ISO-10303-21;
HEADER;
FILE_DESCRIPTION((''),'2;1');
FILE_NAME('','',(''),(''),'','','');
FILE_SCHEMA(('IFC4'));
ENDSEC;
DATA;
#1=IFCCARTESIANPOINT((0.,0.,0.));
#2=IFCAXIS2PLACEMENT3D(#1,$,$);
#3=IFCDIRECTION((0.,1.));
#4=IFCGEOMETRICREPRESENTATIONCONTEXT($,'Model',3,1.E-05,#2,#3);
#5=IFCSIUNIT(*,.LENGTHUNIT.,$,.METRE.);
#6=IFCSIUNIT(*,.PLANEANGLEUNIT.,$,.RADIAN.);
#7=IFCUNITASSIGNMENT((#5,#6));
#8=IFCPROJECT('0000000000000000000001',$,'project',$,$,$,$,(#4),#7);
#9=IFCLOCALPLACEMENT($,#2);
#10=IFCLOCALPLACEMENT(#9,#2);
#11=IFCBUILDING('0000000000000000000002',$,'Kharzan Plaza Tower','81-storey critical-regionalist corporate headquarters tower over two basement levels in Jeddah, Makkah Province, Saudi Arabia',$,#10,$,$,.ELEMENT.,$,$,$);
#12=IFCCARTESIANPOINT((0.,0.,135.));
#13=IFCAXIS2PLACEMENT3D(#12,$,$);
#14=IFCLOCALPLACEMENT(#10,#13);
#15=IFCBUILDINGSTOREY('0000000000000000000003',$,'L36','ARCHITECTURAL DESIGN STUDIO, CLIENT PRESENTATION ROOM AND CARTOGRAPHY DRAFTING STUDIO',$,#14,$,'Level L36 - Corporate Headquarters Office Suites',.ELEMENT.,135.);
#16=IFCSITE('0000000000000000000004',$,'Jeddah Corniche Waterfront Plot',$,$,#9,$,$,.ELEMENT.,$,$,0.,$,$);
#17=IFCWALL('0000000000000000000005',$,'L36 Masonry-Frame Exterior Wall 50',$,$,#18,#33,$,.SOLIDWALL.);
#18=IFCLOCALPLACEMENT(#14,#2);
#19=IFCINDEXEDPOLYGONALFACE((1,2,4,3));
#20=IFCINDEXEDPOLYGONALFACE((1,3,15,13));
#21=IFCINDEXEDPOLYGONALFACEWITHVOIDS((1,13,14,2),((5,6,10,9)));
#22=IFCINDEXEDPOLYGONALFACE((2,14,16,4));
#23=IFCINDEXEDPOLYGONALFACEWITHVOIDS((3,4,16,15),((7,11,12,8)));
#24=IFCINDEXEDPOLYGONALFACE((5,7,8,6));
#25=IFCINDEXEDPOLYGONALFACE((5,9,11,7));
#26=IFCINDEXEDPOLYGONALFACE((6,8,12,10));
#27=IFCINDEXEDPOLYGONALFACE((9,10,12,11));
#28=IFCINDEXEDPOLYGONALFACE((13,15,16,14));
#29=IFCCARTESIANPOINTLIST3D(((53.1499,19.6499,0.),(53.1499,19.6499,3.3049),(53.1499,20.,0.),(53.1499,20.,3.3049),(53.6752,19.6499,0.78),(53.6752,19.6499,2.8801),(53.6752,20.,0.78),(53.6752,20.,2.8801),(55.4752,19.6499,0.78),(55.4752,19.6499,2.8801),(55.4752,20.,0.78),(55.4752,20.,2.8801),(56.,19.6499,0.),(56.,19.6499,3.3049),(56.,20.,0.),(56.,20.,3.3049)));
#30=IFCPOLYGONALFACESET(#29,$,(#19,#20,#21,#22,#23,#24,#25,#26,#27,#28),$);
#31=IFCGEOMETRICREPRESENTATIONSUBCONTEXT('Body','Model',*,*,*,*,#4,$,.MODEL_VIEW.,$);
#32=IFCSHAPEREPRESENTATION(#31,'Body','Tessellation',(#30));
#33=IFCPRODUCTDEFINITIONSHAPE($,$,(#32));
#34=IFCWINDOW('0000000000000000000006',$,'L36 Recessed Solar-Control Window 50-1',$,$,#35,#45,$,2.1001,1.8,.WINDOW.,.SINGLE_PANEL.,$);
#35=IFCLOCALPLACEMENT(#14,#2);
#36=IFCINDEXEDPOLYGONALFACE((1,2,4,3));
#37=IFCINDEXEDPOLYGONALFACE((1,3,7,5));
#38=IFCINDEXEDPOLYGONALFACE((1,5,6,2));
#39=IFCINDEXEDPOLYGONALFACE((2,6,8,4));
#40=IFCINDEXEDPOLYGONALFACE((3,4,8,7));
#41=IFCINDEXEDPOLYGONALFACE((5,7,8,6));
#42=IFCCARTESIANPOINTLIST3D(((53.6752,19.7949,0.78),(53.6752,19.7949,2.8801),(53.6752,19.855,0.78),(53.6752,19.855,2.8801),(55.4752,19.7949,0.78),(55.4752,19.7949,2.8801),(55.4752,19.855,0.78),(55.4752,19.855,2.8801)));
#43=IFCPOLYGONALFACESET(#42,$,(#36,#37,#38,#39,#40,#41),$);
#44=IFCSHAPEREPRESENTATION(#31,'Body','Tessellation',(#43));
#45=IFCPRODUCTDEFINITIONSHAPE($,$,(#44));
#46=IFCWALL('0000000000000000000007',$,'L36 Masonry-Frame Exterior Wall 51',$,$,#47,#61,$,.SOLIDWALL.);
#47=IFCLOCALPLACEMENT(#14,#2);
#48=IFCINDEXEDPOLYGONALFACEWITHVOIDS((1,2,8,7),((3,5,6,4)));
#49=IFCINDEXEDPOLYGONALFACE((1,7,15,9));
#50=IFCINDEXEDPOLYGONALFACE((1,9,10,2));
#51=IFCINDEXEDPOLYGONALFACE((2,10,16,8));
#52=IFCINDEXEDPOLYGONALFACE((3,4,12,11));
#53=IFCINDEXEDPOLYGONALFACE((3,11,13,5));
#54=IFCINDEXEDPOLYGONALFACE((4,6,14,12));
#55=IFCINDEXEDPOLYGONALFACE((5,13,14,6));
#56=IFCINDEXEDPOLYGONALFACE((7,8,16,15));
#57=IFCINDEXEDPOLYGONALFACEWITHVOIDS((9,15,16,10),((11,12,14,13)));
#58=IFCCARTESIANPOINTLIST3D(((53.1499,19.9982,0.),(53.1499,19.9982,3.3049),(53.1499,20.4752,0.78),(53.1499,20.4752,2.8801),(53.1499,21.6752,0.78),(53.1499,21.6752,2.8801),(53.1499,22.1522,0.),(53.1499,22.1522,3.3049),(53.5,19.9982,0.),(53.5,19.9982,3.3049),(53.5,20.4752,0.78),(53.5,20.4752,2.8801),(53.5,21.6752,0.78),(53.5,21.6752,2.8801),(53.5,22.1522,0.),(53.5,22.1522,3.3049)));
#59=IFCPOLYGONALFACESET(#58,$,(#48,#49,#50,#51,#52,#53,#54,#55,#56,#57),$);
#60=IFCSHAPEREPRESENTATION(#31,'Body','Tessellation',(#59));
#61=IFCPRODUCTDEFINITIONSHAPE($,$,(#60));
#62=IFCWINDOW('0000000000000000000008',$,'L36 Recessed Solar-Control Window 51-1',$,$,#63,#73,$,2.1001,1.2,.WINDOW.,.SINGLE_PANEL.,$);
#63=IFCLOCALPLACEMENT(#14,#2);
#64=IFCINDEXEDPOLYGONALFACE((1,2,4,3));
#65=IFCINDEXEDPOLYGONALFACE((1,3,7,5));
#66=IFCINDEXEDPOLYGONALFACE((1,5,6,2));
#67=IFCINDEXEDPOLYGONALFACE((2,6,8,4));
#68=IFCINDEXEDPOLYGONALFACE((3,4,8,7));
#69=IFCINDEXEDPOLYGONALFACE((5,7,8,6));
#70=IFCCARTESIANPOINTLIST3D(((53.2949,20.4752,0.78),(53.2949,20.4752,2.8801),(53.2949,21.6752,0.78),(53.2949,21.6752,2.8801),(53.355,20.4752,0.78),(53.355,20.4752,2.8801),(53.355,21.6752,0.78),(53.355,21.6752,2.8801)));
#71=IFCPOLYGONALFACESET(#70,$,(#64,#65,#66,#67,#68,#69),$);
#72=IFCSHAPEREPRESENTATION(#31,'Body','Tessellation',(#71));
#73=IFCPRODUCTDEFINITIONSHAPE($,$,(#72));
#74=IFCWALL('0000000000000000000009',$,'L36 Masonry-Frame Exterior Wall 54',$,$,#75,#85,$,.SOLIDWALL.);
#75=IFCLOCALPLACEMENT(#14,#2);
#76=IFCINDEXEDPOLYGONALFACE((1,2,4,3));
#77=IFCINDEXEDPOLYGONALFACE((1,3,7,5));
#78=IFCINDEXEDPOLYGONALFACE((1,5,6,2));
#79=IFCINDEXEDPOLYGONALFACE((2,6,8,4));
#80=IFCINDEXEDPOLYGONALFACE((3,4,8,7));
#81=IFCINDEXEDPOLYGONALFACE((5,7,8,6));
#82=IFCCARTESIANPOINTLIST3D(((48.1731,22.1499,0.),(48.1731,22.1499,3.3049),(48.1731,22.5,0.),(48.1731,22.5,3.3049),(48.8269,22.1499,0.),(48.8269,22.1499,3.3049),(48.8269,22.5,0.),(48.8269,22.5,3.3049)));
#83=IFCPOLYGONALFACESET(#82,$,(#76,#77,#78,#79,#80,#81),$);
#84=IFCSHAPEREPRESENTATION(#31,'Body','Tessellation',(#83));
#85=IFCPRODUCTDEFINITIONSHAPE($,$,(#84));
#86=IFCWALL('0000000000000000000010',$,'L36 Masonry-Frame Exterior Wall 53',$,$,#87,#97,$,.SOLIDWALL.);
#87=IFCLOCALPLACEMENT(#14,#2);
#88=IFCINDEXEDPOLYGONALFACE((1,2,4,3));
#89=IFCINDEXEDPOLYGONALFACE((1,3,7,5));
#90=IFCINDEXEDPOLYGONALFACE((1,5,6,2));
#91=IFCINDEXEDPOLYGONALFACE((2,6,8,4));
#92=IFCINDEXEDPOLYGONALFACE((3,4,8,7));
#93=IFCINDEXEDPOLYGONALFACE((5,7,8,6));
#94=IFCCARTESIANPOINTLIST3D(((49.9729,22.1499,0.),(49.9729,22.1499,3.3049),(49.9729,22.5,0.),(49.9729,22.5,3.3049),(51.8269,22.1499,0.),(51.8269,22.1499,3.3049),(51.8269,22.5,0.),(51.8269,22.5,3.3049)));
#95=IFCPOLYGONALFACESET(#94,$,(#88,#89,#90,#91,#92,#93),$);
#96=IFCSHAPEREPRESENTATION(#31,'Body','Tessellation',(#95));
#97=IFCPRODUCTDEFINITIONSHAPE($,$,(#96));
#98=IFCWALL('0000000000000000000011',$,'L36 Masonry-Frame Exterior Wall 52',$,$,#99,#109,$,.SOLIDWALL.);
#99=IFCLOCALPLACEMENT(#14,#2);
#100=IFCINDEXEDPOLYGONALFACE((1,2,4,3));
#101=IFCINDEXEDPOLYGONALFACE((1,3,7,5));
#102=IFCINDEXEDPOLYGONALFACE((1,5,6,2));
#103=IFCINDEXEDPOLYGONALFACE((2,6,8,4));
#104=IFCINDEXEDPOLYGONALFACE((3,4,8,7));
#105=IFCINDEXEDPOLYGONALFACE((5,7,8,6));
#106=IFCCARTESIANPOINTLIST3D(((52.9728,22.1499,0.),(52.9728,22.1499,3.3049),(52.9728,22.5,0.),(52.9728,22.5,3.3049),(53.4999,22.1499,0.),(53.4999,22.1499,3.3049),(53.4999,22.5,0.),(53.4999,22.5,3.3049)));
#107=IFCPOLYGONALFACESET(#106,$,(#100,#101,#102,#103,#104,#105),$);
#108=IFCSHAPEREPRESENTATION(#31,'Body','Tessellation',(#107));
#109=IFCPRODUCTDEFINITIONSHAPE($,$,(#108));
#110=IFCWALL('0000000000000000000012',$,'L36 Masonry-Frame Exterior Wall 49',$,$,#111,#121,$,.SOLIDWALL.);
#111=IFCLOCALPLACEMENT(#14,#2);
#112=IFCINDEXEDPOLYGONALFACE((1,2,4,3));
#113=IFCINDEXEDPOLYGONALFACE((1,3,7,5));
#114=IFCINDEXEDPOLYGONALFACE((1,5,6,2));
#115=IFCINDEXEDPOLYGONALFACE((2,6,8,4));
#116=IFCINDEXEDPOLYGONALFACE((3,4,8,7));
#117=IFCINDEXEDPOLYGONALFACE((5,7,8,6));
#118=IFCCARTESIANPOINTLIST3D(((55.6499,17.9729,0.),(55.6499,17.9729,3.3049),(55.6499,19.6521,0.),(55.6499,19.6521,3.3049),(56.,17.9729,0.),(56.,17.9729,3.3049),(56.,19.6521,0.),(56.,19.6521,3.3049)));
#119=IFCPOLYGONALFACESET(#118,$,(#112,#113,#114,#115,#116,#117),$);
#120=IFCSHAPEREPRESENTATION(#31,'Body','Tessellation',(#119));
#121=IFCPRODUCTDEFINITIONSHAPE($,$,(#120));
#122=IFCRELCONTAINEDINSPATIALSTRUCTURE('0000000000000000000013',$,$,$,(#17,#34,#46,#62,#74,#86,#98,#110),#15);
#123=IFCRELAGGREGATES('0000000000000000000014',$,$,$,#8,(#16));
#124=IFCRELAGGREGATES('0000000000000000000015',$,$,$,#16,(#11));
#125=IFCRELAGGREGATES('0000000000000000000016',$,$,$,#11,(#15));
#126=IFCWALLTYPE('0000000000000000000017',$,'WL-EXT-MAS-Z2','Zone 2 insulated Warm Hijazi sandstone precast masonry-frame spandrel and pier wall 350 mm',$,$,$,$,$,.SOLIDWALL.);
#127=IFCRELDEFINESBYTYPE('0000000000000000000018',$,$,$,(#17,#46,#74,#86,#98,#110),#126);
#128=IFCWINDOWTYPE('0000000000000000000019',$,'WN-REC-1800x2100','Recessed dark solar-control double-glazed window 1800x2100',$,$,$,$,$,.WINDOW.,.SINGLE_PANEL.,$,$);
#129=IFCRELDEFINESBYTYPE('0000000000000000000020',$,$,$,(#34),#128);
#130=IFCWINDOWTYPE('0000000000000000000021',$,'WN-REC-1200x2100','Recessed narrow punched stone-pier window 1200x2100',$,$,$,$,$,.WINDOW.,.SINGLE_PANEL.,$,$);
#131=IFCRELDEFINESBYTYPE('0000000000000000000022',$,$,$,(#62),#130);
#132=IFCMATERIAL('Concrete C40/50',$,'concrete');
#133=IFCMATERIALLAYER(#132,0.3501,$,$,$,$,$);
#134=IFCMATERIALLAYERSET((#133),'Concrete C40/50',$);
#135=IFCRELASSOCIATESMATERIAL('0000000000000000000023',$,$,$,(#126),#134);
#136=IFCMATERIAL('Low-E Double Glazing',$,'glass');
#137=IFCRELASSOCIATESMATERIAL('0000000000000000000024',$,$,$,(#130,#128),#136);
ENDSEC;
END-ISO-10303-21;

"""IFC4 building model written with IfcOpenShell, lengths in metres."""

from ifc_helpers import new_model, si_unit, direction, frame, frame_2d, origin, place, context, subcontext, project, spatial, rectangle, extrude, source, transform, mapped, material, layer, layer_set, type_object, element, fill, save


model = new_model("IFC4")

# Units and contexts
model_context = context("Model", 3, precision=1e-05, world=origin(), true_north=direction((0.0, 1.0)))
body_context = subcontext(model_context, "Body", "Model", "MODEL_VIEW")
ifc_project = project(units=[si_unit("LENGTHUNIT", "METRE"), si_unit("PLANEANGLEUNIT", "RADIAN")], contexts=[model_context])

# Site, building, storey
site_placement = place(None, origin())
site = spatial("IfcSite", under=ifc_project, at=site_placement, Name="Jeddah Corniche Waterfront Plot", CompositionType="ELEMENT", RefElevation=0.0)
building_placement = place(site_placement, origin())
building = spatial("IfcBuilding", under=site, at=building_placement, Name="Kharzan Plaza Tower", Description="81-storey critical-regionalist corporate headquarters tower over two basement levels in Jeddah, Makkah Province, Saudi Arabia", CompositionType="ELEMENT")
storey_placement = place(building_placement, frame((0.0, 0.0, 135.0)))
storey = spatial("IfcBuildingStorey", under=building, at=storey_placement, Name="L36", Description="ARCHITECTURAL DESIGN STUDIO, CLIENT PRESENTATION ROOM AND CARTOGRAPHY DRAFTING STUDIO", LongName="Level L36 - Corporate Headquarters Office Suites", CompositionType="ELEMENT", Elevation=135.0)

# Walls, openings, windows
ifc_material_1 = material(Name="Concrete C40/50", Category="concrete")
ifc_layer = layer(ifc_material_1, 0.3501)
ifc_layer_set = layer_set([ifc_layer], Name="Concrete C40/50")
wall_type = type_object("IfcWallType", Name="WL-EXT-MAS-Z2", Description="Zone 2 insulated Warm Hijazi sandstone precast masonry-frame spandrel and pier wall 350 mm", PredefinedType="SOLIDWALL", material=ifc_layer_set)
ifc_material_2 = material(Name="Low-E Double Glazing", Category="glass")
window_type_1 = type_object("IfcWindowType", Name="WN-REC-1200x2100", Description="Recessed narrow punched stone-pier window 1200x2100", PartitioningType="SINGLE_PANEL", PredefinedType="WINDOW", material=ifc_material_2)
shared_shape_1 = source(origin(), body_context, "Body", "SweptSolid", [
    extrude(rectangle(XDim=1.2, YDim=2.1001, at=frame_2d((0.6001, 1.05))), frame((0.0, 0.03, 0.0), z_axis=(0.0, -1.0, 0.0), x_axis=(1.0, 0.0, 0.0)), (0.0, 0.0, 1.0), 0.0601),
])
wall_1_placement = place(storey_placement, frame((56.0, 19.825, 0.0), z_axis=(0.0, 0.0, 1.0), x_axis=(-1.0, 0.0, 0.0)))
wall_1 = element("IfcWall", 1, at=wall_1_placement, inside=storey, type_object=wall_type, Name="L36 Masonry-Frame Exterior Wall 50", PredefinedType="SOLIDWALL", context=body_context, shape_type="SweptSolid", body=[
    extrude(rectangle(XDim=2.8501, YDim=0.3501, at=frame_2d((1.425, 0.0))), origin(), (0.0, 0.0, 1.0), 3.3049),
])
opening_1_placement = place(wall_1_placement, frame((0.5249, 0.0, 0.78)))
opening_1 = element("IfcOpeningElement", 2, at=opening_1_placement, cuts=wall_1, PredefinedType="OPENING", context=body_context, shape_type="SweptSolid", body=[
    extrude(rectangle(XDim=1.8, YDim=2.1001, at=frame_2d((0.8999, 1.05))), frame((0.0, 0.1851, 0.0), z_axis=(0.0, -1.0, 0.0), x_axis=(1.0, 0.0, 0.0)), (0.0, 0.0, 1.0), 0.3701),
])
window_type_2 = type_object("IfcWindowType", Name="WN-REC-1800x2100", Description="Recessed dark solar-control double-glazed window 1800x2100", PartitioningType="SINGLE_PANEL", PredefinedType="WINDOW", material=ifc_material_2)
shared_shape_2 = source(origin(), body_context, "Body", "SweptSolid", [
    extrude(rectangle(XDim=1.8, YDim=2.1001, at=frame_2d((0.8999, 1.05))), frame((0.0, 0.03, 0.0), z_axis=(0.0, -1.0, 0.0), x_axis=(1.0, 0.0, 0.0)), (0.0, 0.0, 1.0), 0.0601),
])
window_1_placement = place(opening_1_placement, origin())
window_1 = element("IfcWindow", 3, at=window_1_placement, inside=storey, type_object=window_type_2, Name="L36 Recessed Solar-Control Window 50-1", OverallHeight=2.1001, OverallWidth=1.8, PartitioningType="SINGLE_PANEL", PredefinedType="WINDOW", context=body_context, shape_type="MappedRepresentation", body=[
    mapped(shared_shape_2, transform((0.0, 0.0, 0.0), x_axis=(1.0, 0.0, 0.0), y_axis=(0.0, 1.0, 0.0), z_axis=(0.0, 0.0, 1.0))),
])
fill(opening_1, window_1)
wall_2_placement = place(storey_placement, frame((53.325, 19.998, 0.0), z_axis=(0.0, 0.0, 1.0), x_axis=(0.0, 1.0, 0.0)))
wall_2 = element("IfcWall", 4, at=wall_2_placement, inside=storey, type_object=wall_type, Name="L36 Masonry-Frame Exterior Wall 51", PredefinedType="SOLIDWALL", context=body_context, shape_type="SweptSolid", body=[
    extrude(rectangle(XDim=2.1541, YDim=0.3501, at=frame_2d((1.0771, 0.0))), origin(), (0.0, 0.0, 1.0), 3.3049),
])
opening_2_placement = place(wall_2_placement, frame((0.4771, 0.0, 0.78)))
opening_2 = element("IfcOpeningElement", 5, at=opening_2_placement, cuts=wall_2, PredefinedType="OPENING", context=body_context, shape_type="SweptSolid", body=[
    extrude(rectangle(XDim=1.2, YDim=2.1001, at=frame_2d((0.6001, 1.05))), frame((0.0, 0.1851, 0.0), z_axis=(0.0, -1.0, 0.0), x_axis=(1.0, 0.0, 0.0)), (0.0, 0.0, 1.0), 0.3701),
])
window_2_placement = place(opening_2_placement, origin())
window_2 = element("IfcWindow", 6, at=window_2_placement, inside=storey, type_object=window_type_1, Name="L36 Recessed Solar-Control Window 51-1", OverallHeight=2.1001, OverallWidth=1.2, PartitioningType="SINGLE_PANEL", PredefinedType="WINDOW", context=body_context, shape_type="MappedRepresentation", body=[
    mapped(shared_shape_1, transform((0.0, 0.0, 0.0), x_axis=(1.0, 0.0, 0.0), y_axis=(0.0, 1.0, 0.0), z_axis=(0.0, 0.0, 1.0))),
])
fill(opening_2, window_2)

# Walls
shared_shape_3 = source(origin(), body_context, "Body", "SweptSolid", [
    extrude(rectangle(XDim=0.6538, YDim=0.3501, at=frame_2d((0.3269, 0.0))), origin(), (0.0, 0.0, 1.0), 3.3049),
])
wall_3_placement = place(storey_placement, frame((48.8269, 22.325, 0.0), z_axis=(0.0, 0.0, 1.0), x_axis=(-1.0, 0.0, 0.0)))
element("IfcWall", 7, at=wall_3_placement, inside=storey, type_object=wall_type, Name="L36 Masonry-Frame Exterior Wall 54", PredefinedType="SOLIDWALL", context=body_context, shape_type="MappedRepresentation", body=[
    mapped(shared_shape_3, transform((0.0, 0.0, 0.0), x_axis=(1.0, 0.0, 0.0), y_axis=(0.0, 1.0, 0.0), z_axis=(0.0, 0.0, 1.0))),
])
shared_shape_4 = source(origin(), body_context, "Body", "SweptSolid", [
    extrude(rectangle(XDim=1.854, YDim=0.3501, at=frame_2d((0.927, 0.0))), origin(), (0.0, 0.0, 1.0), 3.3049),
])
wall_4_placement = place(storey_placement, frame((51.8269, 22.325, 0.0), z_axis=(0.0, 0.0, 1.0), x_axis=(-1.0, 0.0, 0.0)))
element("IfcWall", 8, at=wall_4_placement, inside=storey, type_object=wall_type, Name="L36 Masonry-Frame Exterior Wall 53", PredefinedType="SOLIDWALL", context=body_context, shape_type="MappedRepresentation", body=[
    mapped(shared_shape_4, transform((0.0, 0.0, 0.0), x_axis=(1.0, 0.0, 0.0), y_axis=(0.0, 1.0, 0.0), z_axis=(0.0, 0.0, 1.0))),
])
shared_shape_5 = source(origin(), body_context, "Body", "SweptSolid", [
    extrude(rectangle(XDim=0.5271, YDim=0.3501, at=frame_2d((0.2637, 0.0))), origin(), (0.0, 0.0, 1.0), 3.3049),
])
wall_5_placement = place(storey_placement, frame((53.5, 22.325, 0.0), z_axis=(0.0, 0.0, 1.0), x_axis=(-1.0, 0.0, 0.0)))
element("IfcWall", 9, at=wall_5_placement, inside=storey, type_object=wall_type, Name="L36 Masonry-Frame Exterior Wall 52", PredefinedType="SOLIDWALL", context=body_context, shape_type="MappedRepresentation", body=[
    mapped(shared_shape_5, transform((0.0, 0.0, 0.0), x_axis=(1.0, 0.0, 0.0), y_axis=(0.0, 1.0, 0.0), z_axis=(0.0, 0.0, 1.0))),
])
shared_shape_6 = source(origin(), body_context, "Body", "SweptSolid", [
    extrude(rectangle(XDim=1.6792, YDim=0.3501, at=frame_2d((0.8396, 0.0))), origin(), (0.0, 0.0, 1.0), 3.3049),
])
wall_6_placement = place(storey_placement, frame((55.825, 17.9729, 0.0), z_axis=(0.0, 0.0, 1.0), x_axis=(0.0, 1.0, 0.0)))
element("IfcWall", 10, at=wall_6_placement, inside=storey, type_object=wall_type, Name="L36 Masonry-Frame Exterior Wall 49", PredefinedType="SOLIDWALL", context=body_context, shape_type="MappedRepresentation", body=[
    mapped(shared_shape_6, transform((0.0, 0.0, 0.0), x_axis=(1.0, 0.0, 0.0), y_axis=(0.0, 1.0, 0.0), z_axis=(0.0, 0.0, 1.0))),
])

save(model, "model.ifc")
